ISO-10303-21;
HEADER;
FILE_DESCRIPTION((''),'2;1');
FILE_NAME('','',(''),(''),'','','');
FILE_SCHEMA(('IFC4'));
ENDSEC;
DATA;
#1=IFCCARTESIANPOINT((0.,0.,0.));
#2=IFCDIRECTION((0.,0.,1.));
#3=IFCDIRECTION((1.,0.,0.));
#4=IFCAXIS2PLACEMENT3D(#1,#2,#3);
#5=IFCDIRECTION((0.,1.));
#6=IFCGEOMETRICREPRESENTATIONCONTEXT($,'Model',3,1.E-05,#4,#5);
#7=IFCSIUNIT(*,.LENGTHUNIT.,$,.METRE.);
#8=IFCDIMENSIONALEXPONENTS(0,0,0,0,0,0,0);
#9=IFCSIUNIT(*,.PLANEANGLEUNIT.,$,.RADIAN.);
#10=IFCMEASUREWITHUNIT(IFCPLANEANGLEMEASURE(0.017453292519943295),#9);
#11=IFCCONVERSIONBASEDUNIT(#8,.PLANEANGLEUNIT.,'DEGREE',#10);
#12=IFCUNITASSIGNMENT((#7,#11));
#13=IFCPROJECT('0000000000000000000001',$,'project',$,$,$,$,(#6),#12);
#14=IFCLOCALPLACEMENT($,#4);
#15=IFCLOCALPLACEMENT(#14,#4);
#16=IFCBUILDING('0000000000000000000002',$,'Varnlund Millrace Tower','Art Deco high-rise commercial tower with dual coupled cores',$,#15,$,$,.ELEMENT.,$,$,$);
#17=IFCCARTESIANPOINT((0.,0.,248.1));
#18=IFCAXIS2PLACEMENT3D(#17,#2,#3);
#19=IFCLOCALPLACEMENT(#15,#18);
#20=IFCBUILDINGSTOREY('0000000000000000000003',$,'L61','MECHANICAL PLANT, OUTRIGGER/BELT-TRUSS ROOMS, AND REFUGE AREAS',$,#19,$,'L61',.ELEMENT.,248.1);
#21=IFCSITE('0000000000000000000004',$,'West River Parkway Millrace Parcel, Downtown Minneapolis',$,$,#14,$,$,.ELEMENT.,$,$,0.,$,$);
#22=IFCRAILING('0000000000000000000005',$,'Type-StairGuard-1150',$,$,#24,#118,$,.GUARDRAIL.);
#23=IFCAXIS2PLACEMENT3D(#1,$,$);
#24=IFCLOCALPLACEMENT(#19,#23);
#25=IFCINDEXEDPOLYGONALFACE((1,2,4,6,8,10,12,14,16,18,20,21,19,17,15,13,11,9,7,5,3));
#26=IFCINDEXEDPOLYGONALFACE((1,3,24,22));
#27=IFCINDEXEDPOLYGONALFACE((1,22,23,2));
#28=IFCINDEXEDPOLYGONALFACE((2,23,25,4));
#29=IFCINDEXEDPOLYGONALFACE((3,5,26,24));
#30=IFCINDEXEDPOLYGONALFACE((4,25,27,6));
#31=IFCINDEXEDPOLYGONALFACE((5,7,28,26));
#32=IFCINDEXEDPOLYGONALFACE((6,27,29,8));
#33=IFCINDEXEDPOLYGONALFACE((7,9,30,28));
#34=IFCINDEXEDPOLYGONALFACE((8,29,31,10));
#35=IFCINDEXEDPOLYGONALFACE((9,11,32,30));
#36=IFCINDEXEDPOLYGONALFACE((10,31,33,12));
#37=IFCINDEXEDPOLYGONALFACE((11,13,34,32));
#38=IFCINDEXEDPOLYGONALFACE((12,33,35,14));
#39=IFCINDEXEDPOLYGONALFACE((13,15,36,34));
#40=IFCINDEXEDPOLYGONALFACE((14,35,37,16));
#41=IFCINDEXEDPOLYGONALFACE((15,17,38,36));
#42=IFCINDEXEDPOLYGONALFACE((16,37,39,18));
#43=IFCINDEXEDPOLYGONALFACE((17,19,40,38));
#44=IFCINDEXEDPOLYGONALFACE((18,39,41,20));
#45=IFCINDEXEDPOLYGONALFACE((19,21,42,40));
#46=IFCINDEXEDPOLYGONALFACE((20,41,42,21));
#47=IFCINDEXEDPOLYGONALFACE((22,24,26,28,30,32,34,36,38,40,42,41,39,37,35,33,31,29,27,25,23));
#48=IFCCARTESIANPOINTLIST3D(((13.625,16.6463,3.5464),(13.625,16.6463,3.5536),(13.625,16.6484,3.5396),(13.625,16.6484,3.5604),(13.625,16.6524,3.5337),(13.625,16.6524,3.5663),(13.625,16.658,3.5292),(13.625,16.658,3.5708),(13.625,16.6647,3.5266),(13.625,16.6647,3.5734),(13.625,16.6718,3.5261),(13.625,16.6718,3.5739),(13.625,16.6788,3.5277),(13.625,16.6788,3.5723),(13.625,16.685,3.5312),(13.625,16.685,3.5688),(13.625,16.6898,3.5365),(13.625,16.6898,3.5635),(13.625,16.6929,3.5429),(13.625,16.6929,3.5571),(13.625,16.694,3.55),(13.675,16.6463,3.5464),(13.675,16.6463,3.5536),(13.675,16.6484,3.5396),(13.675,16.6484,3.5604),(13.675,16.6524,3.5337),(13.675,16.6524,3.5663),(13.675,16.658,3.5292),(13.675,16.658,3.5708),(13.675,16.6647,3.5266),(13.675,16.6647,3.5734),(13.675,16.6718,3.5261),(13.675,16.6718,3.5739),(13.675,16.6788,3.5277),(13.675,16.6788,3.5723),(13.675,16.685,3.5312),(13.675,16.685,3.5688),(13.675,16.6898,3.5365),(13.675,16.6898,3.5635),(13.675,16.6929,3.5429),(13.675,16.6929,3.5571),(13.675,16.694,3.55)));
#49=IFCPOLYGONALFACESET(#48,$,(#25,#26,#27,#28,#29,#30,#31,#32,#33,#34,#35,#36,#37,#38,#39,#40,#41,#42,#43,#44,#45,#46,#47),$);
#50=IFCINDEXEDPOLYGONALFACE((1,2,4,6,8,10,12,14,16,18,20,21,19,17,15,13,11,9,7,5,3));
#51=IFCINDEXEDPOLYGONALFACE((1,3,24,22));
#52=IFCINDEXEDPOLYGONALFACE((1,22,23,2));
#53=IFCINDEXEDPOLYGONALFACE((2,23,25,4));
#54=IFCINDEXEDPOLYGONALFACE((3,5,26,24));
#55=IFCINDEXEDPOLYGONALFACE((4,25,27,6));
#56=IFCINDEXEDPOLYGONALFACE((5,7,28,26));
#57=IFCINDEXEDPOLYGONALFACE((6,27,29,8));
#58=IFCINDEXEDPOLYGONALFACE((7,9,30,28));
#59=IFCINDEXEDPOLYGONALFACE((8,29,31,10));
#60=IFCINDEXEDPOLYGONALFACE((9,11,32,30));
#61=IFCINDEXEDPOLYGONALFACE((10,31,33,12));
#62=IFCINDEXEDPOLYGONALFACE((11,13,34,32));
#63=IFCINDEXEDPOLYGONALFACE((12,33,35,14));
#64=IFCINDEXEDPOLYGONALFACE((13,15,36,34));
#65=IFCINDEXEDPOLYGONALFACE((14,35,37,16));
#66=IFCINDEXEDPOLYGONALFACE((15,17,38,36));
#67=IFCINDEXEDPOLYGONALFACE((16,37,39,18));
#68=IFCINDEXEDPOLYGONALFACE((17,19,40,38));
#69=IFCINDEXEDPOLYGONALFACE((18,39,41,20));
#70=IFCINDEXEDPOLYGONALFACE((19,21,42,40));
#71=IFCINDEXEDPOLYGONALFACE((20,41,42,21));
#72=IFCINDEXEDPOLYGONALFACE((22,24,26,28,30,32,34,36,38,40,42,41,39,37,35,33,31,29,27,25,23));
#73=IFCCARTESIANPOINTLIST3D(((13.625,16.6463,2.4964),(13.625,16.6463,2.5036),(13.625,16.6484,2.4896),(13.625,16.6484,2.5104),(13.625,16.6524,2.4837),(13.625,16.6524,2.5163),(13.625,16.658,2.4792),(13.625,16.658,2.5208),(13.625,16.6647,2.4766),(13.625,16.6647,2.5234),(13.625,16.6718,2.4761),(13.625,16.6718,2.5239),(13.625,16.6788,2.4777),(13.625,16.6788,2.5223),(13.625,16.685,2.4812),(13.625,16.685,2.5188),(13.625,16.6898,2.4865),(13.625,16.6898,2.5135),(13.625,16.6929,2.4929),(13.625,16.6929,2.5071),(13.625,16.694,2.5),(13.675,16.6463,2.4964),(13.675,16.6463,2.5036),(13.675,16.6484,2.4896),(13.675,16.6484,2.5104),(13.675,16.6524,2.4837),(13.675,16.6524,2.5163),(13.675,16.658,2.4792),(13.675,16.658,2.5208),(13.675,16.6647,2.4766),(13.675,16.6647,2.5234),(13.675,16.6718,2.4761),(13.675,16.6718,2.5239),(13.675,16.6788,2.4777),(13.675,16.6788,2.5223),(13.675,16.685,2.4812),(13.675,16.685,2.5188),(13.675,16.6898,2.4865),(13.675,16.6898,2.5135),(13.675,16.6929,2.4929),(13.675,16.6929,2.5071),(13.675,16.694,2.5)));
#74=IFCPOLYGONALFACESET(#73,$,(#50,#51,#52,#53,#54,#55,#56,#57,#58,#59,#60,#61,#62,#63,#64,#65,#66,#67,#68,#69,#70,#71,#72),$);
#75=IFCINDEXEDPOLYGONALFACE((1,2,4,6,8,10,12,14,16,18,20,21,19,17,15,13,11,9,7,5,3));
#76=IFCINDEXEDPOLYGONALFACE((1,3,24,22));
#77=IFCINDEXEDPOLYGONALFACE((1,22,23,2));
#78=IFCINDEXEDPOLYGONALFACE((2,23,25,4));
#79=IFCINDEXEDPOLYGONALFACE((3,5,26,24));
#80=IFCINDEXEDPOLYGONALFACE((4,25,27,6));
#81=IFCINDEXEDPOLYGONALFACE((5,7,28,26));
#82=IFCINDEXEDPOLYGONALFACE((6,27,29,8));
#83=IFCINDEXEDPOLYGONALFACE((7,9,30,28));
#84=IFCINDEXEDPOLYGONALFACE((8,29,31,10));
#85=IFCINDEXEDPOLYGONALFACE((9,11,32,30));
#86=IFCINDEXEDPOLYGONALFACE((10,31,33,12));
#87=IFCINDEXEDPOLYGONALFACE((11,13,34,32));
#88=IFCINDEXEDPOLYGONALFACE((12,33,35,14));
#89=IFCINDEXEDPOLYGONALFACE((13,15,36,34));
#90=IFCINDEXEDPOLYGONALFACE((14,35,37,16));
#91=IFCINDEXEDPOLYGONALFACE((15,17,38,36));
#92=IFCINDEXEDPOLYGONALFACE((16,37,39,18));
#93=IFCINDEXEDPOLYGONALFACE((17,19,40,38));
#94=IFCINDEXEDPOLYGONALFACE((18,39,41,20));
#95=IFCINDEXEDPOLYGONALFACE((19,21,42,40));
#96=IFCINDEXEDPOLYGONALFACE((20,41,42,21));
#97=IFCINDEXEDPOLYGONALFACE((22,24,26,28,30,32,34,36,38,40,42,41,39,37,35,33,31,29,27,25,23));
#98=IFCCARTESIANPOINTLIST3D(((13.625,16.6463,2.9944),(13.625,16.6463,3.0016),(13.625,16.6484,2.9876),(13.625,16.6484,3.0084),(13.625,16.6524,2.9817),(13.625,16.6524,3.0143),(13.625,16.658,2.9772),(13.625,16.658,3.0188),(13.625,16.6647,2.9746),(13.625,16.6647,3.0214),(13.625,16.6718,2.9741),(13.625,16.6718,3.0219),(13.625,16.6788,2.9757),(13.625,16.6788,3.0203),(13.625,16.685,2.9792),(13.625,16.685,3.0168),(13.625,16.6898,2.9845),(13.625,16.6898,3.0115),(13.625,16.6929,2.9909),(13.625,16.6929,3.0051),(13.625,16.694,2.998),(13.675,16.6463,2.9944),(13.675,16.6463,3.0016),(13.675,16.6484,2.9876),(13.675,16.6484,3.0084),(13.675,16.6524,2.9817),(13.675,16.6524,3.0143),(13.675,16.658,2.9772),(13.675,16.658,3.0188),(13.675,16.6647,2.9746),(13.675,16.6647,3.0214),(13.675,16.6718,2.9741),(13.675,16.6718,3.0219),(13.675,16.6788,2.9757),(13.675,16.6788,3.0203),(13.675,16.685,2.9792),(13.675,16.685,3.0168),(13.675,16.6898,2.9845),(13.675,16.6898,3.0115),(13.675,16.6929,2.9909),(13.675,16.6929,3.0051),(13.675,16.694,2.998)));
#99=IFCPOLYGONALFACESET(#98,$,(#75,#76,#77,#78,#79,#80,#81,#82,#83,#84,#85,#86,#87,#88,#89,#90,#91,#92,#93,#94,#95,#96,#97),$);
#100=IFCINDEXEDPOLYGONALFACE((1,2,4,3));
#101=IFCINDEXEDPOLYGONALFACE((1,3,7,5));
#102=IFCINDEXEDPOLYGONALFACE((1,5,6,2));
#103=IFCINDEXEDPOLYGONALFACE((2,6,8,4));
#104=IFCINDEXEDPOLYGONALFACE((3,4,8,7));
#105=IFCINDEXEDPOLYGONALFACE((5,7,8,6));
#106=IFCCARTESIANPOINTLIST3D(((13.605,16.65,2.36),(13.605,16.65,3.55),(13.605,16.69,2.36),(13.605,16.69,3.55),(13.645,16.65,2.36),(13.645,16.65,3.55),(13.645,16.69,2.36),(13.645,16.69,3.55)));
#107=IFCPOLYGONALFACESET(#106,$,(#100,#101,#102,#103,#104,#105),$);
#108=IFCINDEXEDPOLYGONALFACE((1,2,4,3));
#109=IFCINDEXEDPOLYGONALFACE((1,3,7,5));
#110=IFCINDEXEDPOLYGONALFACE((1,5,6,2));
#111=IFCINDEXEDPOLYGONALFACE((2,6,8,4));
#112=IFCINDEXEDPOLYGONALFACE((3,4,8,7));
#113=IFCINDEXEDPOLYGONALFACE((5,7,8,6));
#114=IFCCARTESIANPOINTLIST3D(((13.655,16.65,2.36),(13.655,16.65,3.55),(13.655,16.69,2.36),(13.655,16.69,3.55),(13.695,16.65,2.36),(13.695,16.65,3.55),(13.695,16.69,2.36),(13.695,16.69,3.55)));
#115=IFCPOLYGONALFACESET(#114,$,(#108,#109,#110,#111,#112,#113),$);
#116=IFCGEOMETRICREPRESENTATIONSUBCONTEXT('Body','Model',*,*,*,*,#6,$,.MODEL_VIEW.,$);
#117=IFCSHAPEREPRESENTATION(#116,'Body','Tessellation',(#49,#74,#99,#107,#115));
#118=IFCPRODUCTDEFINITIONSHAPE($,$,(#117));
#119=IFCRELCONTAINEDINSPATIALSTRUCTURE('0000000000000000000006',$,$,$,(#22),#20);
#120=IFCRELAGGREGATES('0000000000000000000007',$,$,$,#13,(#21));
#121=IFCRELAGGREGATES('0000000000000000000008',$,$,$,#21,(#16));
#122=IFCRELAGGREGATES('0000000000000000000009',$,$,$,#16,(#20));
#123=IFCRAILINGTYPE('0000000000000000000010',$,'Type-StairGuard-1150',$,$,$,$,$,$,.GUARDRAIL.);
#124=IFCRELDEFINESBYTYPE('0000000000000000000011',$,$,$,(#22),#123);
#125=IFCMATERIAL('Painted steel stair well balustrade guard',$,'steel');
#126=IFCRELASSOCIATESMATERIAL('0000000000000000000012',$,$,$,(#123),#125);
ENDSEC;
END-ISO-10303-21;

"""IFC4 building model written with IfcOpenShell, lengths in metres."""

from ifc_helpers import new_model, entity, si_unit, converted_unit, direction, frame, origin_with_axes, origin_2d_with_axis, place, context, subcontext, project, spatial, rectangle, circle, extrude, material, type_object, element, save


model = new_model("IFC4")

# Units and contexts
model_context = context("Model", 3, precision=1e-05, world=origin_with_axes(), true_north=direction((0.0, 1.0)))
body_context = subcontext(model_context, "Body", "Model", "MODEL_VIEW")
ifc_project = project(units=[si_unit("LENGTHUNIT", "METRE"), converted_unit("PLANEANGLEUNIT", "DEGREE", entity("IfcPlaneAngleMeasure", 0.017453292519943295), si_unit("PLANEANGLEUNIT", "RADIAN"), dimensions=[0, 0, 0, 0, 0, 0, 0])], contexts=[model_context])

# Site, building, storey
site_placement = place(None, origin_with_axes())
site = spatial("IfcSite", under=ifc_project, at=site_placement, Name="West River Parkway Millrace Parcel, Downtown Minneapolis", CompositionType="ELEMENT", RefElevation=0.0)
building_placement = place(site_placement, origin_with_axes())
building = spatial("IfcBuilding", under=site, at=building_placement, Name="Varnlund Millrace Tower", Description="Art Deco high-rise commercial tower with dual coupled cores", CompositionType="ELEMENT")
storey_placement = place(building_placement, frame((0.0, 0.0, 248.1), z_axis=(0.0, 0.0, 1.0), x_axis=(1.0, 0.0, 0.0)))
storey = spatial("IfcBuildingStorey", under=building, at=storey_placement, Name="L61", Description="MECHANICAL PLANT, OUTRIGGER/BELT-TRUSS ROOMS, AND REFUGE AREAS", LongName="L61", CompositionType="ELEMENT", Elevation=248.1)

# Railing
ifc_material_1 = material(Name="Painted steel stair well balustrade guard", Category="steel")
railing_type_1 = type_object("IfcRailingType", Name="Type-StairGuard-1150", PredefinedType="GUARDRAIL", material=ifc_material_1)
railing_1_placement = place(storey_placement, frame((0.0, 0.0, -248.1), z_axis=(0.0, 0.0, 1.0), x_axis=(1.0, 0.0, 0.0)))
element("IfcRailing", 1, at=railing_1_placement, inside=storey, type_object=railing_type_1, Name="Type-StairGuard-1150", PredefinedType="GUARDRAIL", context=body_context, shape_type="SweptSolid", body=[
    extrude(circle(Radius=0.024, at=origin_2d_with_axis()), frame((13.625, 16.67, 251.65), z_axis=(1.0, 0.0, 0.0), x_axis=(0.0, 1.0, 0.0)), (0.0, 0.0, 1.0), 0.05),
    extrude(circle(Radius=0.024, at=origin_2d_with_axis()), frame((13.625, 16.67, 250.6), z_axis=(1.0, 0.0, 0.0), x_axis=(0.0, 1.0, 0.0)), (0.0, 0.0, 1.0), 0.05),
    extrude(circle(Radius=0.024, at=origin_2d_with_axis()), frame((13.625, 16.67, 251.098), z_axis=(1.0, 0.0, 0.0), x_axis=(0.0, 1.0, 0.0)), (0.0, 0.0, 1.0), 0.05),
    extrude(rectangle(XDim=0.04, YDim=0.04, at=origin_2d_with_axis()), frame((13.625, 16.67, 250.46), z_axis=(0.0, 0.0, 1.0), x_axis=(1.0, 0.0, 0.0)), (0.0, 0.0, 1.0), 1.19),
    extrude(rectangle(XDim=0.04, YDim=0.04, at=origin_2d_with_axis()), frame((13.675, 16.67, 250.46), z_axis=(0.0, 0.0, 1.0), x_axis=(1.0, 0.0, 0.0)), (0.0, 0.0, 1.0), 1.19),
])

save(model, "model.ifc")
